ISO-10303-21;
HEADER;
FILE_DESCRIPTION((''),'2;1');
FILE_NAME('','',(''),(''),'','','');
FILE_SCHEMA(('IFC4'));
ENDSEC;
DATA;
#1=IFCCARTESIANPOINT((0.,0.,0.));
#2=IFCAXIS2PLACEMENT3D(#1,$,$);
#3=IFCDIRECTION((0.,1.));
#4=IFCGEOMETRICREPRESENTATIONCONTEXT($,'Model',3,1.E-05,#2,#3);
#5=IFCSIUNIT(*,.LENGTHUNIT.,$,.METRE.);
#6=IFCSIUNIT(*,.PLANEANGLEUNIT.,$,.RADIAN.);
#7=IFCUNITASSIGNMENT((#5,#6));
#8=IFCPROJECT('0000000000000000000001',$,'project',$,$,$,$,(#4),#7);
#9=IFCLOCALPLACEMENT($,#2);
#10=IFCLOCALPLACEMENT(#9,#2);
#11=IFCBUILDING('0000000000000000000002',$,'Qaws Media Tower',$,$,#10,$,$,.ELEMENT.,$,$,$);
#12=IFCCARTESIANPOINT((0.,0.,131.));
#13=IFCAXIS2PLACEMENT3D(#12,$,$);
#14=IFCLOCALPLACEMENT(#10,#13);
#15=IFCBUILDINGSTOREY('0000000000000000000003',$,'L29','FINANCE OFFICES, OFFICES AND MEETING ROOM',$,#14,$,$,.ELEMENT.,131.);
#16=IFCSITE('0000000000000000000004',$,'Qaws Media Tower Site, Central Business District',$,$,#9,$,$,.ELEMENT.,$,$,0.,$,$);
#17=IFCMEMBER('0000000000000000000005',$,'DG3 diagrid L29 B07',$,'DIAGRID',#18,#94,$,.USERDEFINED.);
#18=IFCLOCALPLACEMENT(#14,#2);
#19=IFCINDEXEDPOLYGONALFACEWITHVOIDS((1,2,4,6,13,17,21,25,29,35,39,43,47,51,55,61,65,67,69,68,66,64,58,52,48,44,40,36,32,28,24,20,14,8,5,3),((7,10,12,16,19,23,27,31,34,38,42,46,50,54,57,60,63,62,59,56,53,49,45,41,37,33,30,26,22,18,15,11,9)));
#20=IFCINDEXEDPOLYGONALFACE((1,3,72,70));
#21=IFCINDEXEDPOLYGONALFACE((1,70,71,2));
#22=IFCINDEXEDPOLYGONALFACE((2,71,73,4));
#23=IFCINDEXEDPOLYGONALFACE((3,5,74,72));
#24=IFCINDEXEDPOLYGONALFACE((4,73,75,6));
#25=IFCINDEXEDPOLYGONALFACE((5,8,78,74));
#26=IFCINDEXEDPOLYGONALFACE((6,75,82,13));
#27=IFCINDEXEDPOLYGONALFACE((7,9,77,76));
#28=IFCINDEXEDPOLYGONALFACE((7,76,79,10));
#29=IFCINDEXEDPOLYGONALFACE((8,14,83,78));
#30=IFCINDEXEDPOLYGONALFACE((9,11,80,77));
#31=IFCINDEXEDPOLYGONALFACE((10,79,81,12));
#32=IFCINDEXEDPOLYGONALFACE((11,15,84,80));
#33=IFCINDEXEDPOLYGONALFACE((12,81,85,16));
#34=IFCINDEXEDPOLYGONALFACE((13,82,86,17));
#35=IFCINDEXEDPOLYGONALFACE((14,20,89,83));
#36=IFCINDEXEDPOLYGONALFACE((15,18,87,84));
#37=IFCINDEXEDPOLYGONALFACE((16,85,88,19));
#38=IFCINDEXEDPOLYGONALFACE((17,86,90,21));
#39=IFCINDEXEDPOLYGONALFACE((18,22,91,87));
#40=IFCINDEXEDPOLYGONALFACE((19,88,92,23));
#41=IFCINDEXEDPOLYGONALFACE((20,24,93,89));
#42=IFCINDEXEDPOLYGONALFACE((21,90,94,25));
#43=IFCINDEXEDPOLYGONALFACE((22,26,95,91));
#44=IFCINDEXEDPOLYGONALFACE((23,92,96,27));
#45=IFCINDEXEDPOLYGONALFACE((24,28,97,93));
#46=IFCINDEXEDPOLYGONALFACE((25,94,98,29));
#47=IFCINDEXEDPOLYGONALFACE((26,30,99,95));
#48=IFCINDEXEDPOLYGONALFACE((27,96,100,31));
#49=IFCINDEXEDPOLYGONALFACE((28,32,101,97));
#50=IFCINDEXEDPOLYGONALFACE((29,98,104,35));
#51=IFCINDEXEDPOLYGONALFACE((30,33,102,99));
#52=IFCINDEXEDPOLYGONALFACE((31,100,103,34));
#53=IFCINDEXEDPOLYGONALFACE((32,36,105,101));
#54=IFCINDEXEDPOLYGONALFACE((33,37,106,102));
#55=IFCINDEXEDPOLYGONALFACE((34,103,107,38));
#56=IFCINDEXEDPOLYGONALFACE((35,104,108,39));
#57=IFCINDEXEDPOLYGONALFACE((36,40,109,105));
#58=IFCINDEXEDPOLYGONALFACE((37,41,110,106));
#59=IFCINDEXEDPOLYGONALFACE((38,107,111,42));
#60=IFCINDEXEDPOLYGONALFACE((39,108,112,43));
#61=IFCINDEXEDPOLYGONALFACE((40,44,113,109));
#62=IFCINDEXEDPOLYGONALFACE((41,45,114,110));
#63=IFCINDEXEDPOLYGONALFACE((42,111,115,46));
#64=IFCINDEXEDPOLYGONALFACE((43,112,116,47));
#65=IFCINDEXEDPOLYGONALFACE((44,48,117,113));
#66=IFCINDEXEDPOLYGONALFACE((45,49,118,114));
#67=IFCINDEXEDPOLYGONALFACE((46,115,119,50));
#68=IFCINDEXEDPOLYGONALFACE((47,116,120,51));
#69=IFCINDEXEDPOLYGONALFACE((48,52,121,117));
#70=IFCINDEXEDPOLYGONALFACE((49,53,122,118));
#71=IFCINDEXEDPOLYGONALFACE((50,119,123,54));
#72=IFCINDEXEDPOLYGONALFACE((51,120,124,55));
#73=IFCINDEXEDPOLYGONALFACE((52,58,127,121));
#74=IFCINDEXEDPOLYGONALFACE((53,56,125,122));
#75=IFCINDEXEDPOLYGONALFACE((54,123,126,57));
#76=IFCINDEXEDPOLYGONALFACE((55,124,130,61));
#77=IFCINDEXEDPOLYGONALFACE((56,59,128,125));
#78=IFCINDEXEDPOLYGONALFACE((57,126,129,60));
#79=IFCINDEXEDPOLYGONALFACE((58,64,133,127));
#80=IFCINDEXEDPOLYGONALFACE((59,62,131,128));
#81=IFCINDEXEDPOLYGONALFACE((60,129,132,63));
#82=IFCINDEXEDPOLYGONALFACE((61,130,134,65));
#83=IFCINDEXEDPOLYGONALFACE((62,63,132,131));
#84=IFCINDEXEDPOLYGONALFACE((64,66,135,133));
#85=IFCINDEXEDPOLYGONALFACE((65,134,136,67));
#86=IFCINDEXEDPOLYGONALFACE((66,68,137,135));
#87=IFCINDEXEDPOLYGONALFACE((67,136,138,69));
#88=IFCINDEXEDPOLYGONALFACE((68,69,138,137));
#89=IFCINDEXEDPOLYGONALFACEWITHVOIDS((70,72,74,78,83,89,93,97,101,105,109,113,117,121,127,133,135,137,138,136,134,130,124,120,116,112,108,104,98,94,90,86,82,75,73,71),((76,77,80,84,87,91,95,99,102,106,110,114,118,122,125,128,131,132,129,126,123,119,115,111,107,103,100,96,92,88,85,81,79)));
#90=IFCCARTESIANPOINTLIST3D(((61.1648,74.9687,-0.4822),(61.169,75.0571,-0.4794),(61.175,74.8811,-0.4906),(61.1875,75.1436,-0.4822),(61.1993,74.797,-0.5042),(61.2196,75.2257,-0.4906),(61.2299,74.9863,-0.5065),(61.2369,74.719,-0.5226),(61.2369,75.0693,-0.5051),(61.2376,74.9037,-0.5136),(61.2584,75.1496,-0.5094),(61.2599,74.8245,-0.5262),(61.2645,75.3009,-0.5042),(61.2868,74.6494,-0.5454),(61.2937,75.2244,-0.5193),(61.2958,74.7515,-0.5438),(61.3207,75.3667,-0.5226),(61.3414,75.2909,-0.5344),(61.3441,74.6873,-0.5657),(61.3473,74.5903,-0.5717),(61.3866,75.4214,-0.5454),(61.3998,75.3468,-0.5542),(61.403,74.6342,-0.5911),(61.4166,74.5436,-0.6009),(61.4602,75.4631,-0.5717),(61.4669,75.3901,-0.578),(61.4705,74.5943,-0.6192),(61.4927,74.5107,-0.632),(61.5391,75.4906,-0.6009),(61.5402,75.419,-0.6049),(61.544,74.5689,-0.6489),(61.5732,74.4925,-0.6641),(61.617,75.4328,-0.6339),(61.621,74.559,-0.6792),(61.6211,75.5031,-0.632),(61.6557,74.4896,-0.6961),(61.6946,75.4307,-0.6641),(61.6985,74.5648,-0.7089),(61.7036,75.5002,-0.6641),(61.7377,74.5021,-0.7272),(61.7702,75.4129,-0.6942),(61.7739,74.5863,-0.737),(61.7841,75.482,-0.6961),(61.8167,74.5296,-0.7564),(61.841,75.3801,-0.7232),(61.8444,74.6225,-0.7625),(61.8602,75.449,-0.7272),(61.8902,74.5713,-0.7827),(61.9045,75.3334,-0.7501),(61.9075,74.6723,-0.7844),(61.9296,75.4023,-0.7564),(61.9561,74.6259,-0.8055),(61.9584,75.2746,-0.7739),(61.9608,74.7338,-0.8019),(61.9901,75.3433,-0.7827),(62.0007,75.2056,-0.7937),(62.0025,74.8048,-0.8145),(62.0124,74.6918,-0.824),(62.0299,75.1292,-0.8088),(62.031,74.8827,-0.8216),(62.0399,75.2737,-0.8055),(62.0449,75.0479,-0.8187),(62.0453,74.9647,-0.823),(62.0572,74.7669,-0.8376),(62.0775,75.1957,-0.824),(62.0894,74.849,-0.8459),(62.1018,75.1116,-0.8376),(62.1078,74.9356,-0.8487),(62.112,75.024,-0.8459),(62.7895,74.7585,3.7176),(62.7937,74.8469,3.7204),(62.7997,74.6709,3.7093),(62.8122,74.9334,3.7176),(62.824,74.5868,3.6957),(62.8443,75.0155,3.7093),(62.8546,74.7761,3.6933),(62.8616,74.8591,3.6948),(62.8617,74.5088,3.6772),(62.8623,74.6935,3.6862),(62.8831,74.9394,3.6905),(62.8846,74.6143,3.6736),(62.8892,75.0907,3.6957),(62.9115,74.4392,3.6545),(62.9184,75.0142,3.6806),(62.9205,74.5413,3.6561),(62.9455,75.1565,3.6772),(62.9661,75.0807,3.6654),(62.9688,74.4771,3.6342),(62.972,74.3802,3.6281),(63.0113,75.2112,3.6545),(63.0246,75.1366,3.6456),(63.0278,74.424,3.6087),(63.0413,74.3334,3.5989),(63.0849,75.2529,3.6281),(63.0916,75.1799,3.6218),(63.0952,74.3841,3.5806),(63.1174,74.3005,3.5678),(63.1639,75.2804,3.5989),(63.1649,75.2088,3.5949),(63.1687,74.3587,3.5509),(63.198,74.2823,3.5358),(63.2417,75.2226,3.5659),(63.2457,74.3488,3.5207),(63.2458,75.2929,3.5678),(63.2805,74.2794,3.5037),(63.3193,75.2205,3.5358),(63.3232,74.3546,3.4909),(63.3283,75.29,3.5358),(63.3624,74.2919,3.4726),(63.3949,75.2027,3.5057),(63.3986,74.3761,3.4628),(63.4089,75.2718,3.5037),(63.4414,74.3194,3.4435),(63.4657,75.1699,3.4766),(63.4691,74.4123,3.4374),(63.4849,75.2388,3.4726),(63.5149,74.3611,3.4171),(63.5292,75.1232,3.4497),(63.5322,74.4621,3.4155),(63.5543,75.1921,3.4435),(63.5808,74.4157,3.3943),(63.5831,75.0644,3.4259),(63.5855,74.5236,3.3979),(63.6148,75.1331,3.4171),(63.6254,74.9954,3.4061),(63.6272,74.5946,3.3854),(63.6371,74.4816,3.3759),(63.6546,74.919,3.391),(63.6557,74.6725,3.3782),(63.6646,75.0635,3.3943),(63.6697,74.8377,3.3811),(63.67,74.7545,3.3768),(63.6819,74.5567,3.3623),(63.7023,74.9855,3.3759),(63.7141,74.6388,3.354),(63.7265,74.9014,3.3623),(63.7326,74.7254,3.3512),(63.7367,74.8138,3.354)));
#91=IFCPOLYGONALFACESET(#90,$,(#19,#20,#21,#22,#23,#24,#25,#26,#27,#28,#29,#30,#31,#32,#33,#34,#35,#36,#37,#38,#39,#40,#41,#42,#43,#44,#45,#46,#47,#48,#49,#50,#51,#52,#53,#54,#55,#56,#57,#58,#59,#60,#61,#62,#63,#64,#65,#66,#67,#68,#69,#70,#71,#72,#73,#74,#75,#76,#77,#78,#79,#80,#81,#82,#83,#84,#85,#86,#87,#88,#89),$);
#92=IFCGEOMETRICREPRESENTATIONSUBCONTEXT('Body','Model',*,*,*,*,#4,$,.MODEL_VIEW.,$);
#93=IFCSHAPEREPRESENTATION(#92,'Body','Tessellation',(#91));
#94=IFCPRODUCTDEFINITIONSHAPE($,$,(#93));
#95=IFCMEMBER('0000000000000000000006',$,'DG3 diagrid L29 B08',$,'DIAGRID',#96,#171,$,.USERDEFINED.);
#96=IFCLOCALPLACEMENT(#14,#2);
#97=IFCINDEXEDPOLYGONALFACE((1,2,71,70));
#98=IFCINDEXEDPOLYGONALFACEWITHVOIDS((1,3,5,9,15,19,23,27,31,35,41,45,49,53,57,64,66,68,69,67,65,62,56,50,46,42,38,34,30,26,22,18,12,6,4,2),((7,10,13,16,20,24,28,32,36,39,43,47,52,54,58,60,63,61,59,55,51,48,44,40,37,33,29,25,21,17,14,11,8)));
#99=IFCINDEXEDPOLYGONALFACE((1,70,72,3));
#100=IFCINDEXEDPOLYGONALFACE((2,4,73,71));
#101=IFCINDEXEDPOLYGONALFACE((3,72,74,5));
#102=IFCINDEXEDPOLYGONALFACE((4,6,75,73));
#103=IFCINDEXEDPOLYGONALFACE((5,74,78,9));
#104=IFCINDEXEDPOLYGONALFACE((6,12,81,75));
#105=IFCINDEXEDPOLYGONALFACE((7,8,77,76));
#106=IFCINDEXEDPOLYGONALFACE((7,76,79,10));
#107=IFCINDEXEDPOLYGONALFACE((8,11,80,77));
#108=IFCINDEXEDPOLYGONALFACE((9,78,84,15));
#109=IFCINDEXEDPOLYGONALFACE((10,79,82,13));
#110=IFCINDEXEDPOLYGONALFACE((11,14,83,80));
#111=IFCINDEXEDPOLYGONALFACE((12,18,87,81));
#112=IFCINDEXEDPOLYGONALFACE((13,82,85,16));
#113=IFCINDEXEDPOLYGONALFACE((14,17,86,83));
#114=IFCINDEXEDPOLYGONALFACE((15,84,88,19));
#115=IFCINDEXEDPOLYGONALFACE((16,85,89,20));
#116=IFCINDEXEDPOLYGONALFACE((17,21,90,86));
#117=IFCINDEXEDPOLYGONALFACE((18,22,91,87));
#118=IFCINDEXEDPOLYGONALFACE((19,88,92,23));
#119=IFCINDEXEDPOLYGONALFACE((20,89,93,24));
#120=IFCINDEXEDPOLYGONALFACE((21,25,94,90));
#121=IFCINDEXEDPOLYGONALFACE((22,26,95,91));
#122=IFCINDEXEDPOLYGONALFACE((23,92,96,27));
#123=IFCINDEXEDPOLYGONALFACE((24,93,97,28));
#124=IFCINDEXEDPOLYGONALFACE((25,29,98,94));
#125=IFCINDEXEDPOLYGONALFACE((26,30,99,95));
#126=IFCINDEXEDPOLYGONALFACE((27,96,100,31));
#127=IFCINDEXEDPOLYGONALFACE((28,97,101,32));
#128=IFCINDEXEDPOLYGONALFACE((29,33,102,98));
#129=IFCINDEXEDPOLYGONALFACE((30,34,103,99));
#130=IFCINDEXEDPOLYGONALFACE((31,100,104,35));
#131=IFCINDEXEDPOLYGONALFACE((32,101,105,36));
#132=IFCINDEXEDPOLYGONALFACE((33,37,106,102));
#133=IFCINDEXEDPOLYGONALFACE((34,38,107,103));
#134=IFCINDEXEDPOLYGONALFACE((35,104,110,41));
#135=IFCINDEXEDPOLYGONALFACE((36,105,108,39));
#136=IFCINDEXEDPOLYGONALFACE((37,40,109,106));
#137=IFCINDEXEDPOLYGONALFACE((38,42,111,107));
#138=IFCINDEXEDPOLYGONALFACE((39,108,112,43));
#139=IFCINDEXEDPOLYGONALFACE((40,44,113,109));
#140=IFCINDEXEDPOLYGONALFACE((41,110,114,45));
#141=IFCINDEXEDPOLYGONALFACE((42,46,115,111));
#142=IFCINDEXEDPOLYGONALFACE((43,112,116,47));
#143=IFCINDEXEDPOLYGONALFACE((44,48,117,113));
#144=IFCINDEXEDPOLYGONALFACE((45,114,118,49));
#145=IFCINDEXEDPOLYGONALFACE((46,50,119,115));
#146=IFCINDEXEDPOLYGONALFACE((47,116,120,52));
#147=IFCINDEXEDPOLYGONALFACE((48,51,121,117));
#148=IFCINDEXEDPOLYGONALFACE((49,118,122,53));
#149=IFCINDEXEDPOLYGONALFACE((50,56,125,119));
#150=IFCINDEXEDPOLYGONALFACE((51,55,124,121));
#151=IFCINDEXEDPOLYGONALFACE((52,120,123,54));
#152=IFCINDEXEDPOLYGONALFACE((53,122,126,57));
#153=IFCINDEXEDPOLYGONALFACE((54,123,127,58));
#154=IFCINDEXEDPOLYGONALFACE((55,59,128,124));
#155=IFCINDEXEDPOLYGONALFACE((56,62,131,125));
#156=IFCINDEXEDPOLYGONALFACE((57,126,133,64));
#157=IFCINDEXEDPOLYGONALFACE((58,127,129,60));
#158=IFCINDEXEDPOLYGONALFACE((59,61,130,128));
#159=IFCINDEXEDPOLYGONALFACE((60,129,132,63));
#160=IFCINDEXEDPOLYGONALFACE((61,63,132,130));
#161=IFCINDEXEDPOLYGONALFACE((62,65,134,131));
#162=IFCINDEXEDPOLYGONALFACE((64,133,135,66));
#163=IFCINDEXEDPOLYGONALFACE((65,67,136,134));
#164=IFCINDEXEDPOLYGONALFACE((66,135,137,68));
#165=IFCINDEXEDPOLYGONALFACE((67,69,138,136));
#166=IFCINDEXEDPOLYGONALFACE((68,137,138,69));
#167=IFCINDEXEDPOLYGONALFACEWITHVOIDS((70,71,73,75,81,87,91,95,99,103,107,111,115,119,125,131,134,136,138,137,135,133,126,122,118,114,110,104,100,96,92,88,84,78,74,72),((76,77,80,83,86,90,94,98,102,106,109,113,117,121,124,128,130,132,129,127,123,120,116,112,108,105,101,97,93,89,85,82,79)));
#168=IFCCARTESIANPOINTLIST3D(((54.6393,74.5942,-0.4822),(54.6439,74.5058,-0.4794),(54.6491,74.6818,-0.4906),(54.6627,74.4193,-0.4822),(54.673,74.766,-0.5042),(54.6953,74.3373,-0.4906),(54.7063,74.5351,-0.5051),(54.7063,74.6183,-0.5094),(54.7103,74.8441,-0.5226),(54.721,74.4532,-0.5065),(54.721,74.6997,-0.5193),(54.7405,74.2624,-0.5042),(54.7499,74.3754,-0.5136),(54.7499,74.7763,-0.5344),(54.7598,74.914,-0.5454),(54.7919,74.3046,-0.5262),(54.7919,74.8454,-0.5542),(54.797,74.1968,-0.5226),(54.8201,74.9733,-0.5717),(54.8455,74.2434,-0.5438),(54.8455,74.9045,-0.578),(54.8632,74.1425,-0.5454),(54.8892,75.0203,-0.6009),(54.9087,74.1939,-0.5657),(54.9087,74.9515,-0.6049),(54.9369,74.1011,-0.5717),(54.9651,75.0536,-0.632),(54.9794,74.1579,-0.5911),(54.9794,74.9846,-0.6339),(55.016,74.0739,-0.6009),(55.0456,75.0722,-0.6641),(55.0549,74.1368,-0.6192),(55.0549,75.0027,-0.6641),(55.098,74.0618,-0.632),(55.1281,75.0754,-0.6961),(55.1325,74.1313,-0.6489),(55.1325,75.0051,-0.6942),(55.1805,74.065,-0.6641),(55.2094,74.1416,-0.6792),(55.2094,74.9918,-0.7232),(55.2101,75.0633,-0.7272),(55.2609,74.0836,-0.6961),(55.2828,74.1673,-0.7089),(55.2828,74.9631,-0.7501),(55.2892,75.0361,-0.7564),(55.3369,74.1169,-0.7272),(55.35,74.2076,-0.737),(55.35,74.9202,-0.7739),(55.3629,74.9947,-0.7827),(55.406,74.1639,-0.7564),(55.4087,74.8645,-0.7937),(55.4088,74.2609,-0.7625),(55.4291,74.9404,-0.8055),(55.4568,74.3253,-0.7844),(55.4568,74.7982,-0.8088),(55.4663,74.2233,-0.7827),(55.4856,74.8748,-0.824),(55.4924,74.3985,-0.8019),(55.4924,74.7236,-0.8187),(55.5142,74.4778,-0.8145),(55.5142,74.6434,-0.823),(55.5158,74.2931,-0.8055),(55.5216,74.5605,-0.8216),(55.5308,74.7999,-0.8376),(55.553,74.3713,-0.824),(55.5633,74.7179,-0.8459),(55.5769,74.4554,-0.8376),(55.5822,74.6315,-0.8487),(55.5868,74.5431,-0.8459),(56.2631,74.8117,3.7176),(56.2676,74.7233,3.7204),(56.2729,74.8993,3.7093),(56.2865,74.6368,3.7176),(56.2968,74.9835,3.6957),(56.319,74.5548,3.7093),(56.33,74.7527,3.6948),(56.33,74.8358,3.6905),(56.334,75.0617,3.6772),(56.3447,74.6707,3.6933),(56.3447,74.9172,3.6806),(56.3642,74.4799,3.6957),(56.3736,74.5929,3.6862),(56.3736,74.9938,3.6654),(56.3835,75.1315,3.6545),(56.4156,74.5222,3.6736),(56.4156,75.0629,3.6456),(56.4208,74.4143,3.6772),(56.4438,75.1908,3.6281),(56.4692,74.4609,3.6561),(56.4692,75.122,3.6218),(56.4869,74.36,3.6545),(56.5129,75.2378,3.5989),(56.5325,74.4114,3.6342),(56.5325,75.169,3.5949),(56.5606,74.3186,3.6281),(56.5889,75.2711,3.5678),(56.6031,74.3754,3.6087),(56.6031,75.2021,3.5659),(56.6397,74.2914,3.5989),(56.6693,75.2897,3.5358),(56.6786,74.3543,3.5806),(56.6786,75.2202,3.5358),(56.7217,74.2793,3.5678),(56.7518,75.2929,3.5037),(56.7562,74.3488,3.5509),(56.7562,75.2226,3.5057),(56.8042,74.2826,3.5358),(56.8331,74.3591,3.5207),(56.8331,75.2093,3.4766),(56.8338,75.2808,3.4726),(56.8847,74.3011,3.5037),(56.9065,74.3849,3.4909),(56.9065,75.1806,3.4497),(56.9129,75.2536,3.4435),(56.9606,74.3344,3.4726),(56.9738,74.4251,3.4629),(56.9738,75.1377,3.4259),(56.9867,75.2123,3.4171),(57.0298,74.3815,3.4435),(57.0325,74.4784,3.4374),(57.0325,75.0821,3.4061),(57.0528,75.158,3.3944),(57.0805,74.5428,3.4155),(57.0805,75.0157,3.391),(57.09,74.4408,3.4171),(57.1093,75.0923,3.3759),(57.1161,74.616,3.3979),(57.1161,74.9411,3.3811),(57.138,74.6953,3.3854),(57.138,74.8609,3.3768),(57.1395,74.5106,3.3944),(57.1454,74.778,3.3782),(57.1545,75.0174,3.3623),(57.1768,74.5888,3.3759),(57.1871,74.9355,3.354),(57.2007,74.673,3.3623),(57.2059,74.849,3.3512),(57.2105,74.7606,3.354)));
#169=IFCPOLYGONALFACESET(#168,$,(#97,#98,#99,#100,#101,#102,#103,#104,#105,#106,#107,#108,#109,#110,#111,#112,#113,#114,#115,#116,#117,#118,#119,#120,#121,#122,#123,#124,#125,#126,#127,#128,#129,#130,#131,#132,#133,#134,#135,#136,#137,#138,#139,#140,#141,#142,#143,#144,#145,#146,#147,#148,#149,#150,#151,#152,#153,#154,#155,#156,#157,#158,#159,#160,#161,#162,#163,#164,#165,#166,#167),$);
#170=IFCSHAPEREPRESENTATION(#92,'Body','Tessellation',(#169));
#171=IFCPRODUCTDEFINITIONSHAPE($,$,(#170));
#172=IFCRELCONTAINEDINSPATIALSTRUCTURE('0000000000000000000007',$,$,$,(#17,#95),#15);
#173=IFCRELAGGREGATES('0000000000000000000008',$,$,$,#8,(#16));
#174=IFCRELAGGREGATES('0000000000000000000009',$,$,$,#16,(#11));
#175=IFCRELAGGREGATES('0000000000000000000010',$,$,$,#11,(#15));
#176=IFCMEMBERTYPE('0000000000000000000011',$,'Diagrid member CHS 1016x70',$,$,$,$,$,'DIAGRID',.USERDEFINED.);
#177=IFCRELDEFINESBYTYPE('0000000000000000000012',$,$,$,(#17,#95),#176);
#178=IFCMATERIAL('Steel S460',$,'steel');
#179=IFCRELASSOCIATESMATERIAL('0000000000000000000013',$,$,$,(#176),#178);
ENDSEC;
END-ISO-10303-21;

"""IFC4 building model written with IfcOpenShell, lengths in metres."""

from ifc_helpers import new_model, si_unit, direction, frame, origin, origin_2d, place, context, subcontext, project, spatial, hollow_circle, extrude, material, material_profile, profile_set, type_object, element, save


model = new_model("IFC4")

# Units and contexts
model_context = context("Model", 3, precision=1e-05, world=origin(), true_north=direction((0.0, 1.0)))
body_context = subcontext(model_context, "Body", "Model", "MODEL_VIEW")
ifc_project = project(units=[si_unit("LENGTHUNIT", "METRE"), si_unit("PLANEANGLEUNIT", "RADIAN")], contexts=[model_context])

# Site, building, storey
site_placement = place(None, origin())
site = spatial("IfcSite", under=ifc_project, at=site_placement, Name="Qaws Media Tower Site, Central Business District", CompositionType="ELEMENT", RefElevation=0.0)
building_placement = place(site_placement, origin())
building = spatial("IfcBuilding", under=site, at=building_placement, Name="Qaws Media Tower", CompositionType="ELEMENT")
storey_placement = place(building_placement, frame((0.0, 0.0, 131.0)))
storey = spatial("IfcBuildingStorey", under=building, at=storey_placement, Name="L29", Description="FINANCE OFFICES, OFFICES AND MEETING ROOM", CompositionType="ELEMENT", Elevation=131.0)

# Members
ifc_material_1 = material(Name="Steel S460", Category="steel")
ifc_material_profile_1 = material_profile(ifc_material_1, hollow_circle(Radius=0.5081, WallThickness=0.0701, at=origin_2d()), Name="CHS 1016x70")
ifc_profile_set_1 = profile_set([ifc_material_profile_1], Name="Steel S460")
member_type_1 = type_object("IfcMemberType", Name="Diagrid member CHS 1016x70", ElementType="DIAGRID", PredefinedType="USERDEFINED", material=ifc_profile_set_1)
for number, where, z_axis, x_axis, name in (
    (1, (61.6384, 74.9963, -0.6641), (0.360402, -0.046628, 0.931631), (0.128307, 0.991734, 0.0), "DG3 diagrid L29 B07"),
    (2, (55.113, 74.5686, -0.6641), (0.360186, 0.048252, 0.931632), (-0.132779, 0.991146, 0.0), "DG3 diagrid L29 B08"),
):
    element("IfcMember", number, at=place(storey_placement, frame(where, z_axis=z_axis, x_axis=x_axis)), inside=storey, type_object=member_type_1, Name=name, ObjectType="DIAGRID", PredefinedType="USERDEFINED", context=body_context, shape_type="SweptSolid", body=[
        extrude(hollow_circle(Radius=0.5081, WallThickness=0.0701, at=origin_2d()), origin(), (0.0, 0.0, 1.0), 4.5081),
    ])

save(model, "model.ifc")
